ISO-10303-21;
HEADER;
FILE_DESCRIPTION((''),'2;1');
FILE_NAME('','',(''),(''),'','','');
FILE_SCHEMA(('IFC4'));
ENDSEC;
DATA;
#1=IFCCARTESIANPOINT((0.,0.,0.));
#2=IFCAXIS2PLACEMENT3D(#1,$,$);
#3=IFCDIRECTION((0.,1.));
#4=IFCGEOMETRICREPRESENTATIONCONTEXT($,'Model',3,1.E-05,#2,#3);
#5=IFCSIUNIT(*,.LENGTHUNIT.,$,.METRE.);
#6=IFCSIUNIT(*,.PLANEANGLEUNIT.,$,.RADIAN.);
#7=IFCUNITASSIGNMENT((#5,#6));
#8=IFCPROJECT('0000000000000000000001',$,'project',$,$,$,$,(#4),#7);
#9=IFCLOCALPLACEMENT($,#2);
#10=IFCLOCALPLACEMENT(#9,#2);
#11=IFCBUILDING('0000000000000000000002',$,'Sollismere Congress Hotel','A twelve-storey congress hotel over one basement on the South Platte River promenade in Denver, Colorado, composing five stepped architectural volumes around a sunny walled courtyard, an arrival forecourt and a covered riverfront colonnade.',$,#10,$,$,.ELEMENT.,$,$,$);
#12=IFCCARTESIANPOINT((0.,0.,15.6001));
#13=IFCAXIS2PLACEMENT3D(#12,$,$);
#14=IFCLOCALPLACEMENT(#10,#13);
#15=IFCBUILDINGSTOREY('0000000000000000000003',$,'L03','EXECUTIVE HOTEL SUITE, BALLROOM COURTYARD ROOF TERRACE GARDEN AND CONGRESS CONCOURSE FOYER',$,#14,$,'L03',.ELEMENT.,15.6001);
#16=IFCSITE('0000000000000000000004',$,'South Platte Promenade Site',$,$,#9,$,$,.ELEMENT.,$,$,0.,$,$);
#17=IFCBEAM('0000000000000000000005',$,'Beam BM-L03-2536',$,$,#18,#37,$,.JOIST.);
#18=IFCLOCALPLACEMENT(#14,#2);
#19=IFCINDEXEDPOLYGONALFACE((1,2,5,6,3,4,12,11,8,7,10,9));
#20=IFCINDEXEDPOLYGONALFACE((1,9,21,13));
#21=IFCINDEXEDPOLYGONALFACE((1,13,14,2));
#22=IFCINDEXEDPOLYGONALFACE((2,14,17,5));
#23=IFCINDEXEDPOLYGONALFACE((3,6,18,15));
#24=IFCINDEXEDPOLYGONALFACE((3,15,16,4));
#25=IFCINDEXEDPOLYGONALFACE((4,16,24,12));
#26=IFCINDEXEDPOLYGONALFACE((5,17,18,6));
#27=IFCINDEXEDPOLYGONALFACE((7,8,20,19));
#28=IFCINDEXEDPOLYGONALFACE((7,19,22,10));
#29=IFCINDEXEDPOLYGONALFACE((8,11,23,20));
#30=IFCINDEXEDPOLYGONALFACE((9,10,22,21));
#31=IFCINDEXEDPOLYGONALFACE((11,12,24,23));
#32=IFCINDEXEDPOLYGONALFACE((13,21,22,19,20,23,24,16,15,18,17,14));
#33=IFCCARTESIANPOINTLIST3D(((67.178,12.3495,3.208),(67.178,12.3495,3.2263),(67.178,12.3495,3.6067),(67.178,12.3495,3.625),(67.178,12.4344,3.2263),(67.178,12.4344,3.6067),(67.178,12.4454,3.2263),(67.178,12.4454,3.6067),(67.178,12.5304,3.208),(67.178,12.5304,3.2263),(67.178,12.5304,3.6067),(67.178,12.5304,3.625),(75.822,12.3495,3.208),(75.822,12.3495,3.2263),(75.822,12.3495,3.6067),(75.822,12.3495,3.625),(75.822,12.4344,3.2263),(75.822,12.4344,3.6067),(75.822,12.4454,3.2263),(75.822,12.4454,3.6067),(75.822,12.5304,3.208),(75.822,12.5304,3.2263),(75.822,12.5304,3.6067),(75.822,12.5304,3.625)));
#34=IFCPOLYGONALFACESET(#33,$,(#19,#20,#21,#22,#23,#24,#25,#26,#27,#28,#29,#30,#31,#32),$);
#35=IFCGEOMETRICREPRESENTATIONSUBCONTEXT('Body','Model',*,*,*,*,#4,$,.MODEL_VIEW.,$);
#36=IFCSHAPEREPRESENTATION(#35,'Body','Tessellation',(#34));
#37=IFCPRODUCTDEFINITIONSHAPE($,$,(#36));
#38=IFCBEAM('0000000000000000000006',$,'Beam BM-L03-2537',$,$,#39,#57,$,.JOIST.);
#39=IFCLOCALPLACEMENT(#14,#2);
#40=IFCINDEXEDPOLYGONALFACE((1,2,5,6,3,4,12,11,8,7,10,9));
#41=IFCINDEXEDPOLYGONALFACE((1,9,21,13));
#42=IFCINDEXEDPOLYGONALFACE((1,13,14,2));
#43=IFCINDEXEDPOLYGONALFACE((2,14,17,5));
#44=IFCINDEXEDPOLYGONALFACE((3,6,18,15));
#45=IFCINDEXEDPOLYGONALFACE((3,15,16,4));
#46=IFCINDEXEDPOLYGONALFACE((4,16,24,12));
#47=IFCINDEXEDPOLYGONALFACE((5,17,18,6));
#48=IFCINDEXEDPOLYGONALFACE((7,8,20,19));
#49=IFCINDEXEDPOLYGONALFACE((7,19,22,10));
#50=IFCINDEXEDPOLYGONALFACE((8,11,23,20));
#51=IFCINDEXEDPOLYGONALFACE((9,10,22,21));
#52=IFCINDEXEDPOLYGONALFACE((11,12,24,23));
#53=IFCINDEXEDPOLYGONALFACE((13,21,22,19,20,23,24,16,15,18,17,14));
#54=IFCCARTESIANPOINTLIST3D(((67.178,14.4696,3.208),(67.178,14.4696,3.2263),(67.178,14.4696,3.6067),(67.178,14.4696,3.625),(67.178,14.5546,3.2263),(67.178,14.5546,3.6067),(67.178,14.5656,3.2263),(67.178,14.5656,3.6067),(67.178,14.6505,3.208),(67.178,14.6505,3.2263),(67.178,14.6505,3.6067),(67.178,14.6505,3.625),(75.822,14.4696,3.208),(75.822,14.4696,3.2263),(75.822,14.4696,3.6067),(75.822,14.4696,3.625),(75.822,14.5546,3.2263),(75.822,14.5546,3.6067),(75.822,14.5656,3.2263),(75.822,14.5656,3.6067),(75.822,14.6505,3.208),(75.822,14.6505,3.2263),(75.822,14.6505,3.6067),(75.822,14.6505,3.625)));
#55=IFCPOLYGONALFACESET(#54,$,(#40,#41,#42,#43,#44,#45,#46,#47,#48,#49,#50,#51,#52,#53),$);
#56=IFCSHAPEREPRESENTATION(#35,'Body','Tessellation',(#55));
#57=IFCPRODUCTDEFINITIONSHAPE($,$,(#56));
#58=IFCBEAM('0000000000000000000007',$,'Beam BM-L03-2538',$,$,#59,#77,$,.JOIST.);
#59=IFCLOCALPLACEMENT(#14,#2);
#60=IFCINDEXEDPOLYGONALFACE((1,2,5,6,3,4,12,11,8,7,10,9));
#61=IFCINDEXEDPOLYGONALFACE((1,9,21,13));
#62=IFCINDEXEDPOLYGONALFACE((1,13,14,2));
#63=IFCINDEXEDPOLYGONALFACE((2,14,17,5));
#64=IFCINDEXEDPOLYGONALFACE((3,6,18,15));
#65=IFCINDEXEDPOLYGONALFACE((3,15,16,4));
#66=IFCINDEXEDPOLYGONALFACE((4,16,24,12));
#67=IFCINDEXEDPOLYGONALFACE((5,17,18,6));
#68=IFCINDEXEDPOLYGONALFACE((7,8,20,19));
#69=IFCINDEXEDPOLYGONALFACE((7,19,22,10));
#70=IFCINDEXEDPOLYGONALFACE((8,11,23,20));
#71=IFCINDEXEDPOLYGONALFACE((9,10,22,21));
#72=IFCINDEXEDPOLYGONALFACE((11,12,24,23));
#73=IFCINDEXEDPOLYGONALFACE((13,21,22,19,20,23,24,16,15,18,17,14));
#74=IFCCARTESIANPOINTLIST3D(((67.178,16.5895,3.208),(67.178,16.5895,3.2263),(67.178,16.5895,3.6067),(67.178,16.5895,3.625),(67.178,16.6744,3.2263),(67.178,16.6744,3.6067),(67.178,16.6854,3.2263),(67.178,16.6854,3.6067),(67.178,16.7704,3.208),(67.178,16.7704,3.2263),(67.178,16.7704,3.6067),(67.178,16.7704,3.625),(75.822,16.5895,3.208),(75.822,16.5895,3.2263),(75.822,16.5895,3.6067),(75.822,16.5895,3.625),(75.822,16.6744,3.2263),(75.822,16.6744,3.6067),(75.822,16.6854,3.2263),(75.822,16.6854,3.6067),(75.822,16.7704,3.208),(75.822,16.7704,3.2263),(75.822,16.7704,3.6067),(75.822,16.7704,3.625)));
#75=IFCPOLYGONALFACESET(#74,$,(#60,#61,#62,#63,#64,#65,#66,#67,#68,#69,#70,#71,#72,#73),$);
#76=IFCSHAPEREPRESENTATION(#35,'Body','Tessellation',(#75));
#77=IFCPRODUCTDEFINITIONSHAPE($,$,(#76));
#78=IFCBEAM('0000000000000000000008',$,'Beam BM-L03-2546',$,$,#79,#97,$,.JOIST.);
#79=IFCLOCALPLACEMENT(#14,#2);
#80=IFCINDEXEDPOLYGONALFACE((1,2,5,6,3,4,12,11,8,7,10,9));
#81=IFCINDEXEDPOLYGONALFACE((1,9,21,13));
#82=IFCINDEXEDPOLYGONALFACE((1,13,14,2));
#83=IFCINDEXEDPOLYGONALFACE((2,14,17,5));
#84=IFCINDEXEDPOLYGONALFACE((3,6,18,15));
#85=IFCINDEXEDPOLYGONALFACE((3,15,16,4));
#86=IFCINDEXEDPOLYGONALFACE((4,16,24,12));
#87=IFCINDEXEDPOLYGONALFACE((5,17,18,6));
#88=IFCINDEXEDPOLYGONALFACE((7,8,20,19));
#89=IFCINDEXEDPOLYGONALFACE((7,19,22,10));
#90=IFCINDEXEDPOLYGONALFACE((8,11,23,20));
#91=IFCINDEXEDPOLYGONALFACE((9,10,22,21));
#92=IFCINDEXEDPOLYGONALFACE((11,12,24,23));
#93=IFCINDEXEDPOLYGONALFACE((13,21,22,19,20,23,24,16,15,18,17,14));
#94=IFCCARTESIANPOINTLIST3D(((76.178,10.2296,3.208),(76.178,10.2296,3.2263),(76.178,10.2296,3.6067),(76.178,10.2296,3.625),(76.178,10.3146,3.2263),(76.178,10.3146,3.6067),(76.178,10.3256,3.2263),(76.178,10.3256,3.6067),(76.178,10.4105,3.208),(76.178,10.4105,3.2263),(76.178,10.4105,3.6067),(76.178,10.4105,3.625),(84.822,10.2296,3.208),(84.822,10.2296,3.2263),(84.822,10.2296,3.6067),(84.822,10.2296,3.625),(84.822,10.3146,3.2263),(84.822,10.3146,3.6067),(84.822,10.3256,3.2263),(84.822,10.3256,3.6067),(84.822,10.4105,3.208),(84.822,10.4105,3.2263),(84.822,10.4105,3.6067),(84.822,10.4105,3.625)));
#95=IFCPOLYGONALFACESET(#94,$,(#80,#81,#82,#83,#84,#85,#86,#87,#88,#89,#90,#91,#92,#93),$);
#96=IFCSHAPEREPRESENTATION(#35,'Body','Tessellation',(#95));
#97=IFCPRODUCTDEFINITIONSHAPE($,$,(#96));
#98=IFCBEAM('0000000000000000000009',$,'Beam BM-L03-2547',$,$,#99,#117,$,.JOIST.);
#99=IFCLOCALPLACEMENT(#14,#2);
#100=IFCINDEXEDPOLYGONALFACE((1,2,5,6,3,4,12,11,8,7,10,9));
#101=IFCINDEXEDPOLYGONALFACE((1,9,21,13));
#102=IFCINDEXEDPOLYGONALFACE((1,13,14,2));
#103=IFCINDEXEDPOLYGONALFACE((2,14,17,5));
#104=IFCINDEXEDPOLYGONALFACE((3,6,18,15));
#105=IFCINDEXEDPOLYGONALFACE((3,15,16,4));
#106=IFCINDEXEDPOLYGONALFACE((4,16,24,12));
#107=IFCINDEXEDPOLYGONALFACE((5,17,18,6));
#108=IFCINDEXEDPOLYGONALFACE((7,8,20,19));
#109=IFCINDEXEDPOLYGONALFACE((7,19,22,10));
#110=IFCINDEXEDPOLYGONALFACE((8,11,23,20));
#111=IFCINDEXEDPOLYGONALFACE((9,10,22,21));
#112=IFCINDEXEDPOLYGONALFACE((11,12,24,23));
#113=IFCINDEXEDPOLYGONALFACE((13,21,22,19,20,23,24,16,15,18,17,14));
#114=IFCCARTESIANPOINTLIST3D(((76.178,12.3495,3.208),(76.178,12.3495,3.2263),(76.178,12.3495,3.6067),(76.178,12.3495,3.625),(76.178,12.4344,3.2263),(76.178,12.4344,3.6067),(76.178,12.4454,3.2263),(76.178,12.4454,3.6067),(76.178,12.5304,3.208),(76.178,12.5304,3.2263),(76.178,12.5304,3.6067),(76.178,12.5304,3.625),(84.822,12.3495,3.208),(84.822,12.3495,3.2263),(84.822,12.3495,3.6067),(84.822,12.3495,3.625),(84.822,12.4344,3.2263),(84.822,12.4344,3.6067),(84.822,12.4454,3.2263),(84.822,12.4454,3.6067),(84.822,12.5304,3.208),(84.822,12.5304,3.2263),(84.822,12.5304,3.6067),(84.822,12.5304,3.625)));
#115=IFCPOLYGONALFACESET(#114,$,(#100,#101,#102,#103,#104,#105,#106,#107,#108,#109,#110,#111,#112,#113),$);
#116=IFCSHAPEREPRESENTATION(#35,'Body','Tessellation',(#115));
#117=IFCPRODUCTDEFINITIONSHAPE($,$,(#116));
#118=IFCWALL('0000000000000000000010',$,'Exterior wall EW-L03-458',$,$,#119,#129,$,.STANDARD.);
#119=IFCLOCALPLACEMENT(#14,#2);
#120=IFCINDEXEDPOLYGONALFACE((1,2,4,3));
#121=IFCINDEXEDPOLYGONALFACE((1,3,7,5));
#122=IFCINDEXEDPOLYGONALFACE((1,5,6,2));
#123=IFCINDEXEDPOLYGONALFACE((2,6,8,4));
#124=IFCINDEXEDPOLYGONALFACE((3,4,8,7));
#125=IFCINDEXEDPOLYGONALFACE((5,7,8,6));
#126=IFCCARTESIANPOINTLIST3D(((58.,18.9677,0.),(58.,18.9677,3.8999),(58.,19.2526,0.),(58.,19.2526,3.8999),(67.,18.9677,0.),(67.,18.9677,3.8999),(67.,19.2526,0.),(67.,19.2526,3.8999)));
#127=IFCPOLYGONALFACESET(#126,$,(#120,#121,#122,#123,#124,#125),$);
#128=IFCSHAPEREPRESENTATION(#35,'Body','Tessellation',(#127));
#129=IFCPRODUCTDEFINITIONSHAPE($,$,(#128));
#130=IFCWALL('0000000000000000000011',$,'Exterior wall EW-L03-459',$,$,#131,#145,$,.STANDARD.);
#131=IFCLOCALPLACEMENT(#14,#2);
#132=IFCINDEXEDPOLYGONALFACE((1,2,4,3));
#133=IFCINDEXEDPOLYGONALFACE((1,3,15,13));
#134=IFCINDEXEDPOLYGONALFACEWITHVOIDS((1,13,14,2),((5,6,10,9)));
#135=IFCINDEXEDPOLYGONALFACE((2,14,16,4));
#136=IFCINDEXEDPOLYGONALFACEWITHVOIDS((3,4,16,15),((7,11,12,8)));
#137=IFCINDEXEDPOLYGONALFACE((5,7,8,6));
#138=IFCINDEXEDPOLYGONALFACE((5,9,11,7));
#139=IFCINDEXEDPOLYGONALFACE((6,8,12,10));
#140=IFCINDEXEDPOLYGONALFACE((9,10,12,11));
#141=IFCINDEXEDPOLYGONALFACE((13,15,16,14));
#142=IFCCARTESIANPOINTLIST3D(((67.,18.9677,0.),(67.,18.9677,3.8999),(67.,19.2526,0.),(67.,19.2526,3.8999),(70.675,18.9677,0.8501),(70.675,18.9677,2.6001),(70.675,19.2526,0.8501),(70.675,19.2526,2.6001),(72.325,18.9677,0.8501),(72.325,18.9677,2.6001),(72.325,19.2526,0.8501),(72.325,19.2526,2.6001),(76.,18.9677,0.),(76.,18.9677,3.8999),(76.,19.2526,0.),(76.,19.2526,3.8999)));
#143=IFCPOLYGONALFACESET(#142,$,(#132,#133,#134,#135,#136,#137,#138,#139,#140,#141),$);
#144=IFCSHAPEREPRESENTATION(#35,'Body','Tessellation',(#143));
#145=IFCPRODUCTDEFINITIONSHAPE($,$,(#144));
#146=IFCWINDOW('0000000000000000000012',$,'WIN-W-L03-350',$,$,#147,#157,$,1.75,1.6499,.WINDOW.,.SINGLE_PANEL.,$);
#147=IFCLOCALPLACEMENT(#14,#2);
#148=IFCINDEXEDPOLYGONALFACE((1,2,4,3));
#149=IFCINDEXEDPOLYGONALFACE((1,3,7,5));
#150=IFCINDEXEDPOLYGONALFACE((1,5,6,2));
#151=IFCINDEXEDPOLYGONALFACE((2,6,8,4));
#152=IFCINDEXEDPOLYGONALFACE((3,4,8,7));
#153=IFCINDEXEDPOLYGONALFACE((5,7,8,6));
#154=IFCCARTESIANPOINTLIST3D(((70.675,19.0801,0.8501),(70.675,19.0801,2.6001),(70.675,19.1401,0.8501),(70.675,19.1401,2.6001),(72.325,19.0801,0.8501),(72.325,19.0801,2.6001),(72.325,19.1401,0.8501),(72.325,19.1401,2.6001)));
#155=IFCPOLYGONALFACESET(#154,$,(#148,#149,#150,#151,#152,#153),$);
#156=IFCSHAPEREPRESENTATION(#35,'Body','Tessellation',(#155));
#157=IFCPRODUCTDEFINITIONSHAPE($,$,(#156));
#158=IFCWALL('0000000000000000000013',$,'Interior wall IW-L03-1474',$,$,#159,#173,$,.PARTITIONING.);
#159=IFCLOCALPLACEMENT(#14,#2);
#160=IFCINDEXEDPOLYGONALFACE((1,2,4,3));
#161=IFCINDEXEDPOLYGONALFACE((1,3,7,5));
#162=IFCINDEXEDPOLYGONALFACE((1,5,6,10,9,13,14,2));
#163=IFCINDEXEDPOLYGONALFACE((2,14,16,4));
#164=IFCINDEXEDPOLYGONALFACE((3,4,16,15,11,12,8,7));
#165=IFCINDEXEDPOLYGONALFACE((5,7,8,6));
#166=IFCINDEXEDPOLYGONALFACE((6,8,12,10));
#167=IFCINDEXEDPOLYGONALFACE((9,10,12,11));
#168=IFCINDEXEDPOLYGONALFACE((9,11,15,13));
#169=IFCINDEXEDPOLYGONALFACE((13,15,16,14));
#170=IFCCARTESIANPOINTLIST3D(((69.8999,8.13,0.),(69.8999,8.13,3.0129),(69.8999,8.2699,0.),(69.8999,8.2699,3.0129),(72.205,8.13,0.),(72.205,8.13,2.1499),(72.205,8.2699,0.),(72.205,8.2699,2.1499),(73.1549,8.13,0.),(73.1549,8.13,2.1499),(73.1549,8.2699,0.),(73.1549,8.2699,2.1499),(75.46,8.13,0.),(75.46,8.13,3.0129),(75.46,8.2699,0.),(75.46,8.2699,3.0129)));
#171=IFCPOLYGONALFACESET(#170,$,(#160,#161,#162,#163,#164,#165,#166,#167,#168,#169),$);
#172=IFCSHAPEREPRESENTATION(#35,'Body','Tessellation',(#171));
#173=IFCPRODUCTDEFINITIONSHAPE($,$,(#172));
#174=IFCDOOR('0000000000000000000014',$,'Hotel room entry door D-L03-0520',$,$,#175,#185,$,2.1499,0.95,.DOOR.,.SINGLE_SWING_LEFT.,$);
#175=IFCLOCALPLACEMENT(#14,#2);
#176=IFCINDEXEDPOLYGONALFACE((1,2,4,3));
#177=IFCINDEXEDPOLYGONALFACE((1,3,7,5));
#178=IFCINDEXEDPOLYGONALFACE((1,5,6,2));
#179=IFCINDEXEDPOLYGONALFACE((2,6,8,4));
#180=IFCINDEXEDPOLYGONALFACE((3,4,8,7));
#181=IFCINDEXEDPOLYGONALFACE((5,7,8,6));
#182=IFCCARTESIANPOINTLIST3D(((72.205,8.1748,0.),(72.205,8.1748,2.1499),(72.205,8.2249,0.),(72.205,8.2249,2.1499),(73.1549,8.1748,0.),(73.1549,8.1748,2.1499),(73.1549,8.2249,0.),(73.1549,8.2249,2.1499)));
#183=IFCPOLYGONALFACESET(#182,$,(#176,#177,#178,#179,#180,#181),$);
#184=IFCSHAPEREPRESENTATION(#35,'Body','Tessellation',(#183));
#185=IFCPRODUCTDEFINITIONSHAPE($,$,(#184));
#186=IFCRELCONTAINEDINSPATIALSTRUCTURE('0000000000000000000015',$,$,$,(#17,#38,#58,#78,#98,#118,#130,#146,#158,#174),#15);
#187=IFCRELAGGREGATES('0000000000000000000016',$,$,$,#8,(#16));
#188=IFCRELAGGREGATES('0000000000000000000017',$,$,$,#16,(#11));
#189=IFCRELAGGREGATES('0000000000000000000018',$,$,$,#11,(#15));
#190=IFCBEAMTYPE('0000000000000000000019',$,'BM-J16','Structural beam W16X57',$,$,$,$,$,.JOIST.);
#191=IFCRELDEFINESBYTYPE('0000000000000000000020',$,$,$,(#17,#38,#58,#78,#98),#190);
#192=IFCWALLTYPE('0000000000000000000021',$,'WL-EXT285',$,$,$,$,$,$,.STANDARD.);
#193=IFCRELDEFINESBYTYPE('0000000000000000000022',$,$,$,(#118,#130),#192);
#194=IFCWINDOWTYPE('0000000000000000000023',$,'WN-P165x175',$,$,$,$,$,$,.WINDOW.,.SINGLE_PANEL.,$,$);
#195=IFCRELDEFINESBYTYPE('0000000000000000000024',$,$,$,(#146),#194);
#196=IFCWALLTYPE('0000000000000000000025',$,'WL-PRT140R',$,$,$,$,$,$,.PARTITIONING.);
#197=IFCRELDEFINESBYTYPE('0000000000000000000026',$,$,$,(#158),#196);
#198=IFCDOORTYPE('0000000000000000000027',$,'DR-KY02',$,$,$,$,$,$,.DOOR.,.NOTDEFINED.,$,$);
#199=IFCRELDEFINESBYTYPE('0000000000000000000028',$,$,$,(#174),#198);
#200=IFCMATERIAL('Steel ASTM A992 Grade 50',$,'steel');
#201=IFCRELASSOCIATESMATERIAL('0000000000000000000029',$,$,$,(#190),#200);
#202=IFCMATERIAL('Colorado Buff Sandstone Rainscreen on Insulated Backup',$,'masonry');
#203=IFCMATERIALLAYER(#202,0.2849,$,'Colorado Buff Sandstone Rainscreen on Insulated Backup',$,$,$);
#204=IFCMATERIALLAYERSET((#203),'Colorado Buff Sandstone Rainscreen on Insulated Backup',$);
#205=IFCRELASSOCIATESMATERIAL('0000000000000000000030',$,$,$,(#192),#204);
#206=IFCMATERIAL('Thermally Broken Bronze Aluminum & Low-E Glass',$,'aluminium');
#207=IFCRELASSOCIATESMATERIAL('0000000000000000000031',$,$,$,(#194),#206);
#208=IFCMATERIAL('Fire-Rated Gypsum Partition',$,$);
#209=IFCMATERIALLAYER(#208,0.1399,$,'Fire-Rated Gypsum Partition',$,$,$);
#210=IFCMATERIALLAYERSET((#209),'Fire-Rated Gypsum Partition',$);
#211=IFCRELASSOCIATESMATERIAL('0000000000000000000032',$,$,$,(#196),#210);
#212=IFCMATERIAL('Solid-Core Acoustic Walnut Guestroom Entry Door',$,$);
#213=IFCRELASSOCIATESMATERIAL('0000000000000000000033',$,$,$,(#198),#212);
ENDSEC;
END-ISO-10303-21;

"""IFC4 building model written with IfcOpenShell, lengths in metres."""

from ifc_helpers import new_model, si_unit, direction, frame, frame_2d, origin, origin_2d, place, context, subcontext, project, spatial, rectangle, i_section, extrude, material, layer, layer_set, material_profile, profile_set, type_object, element, fill, save


model = new_model("IFC4")

# Units and contexts
model_context = context("Model", 3, precision=1e-05, world=origin(), true_north=direction((0.0, 1.0)))
body_context = subcontext(model_context, "Body", "Model", "MODEL_VIEW")
ifc_project = project(units=[si_unit("LENGTHUNIT", "METRE"), si_unit("PLANEANGLEUNIT", "RADIAN")], contexts=[model_context])

# Site, building, storey
site_placement = place(None, origin())
site = spatial("IfcSite", under=ifc_project, at=site_placement, Name="South Platte Promenade Site", CompositionType="ELEMENT", RefElevation=0.0)
building_placement = place(site_placement, origin())
building = spatial("IfcBuilding", under=site, at=building_placement, Name="Sollismere Congress Hotel", Description="A twelve-storey congress hotel over one basement on the South Platte River promenade in Denver, Colorado, composing five stepped architectural volumes around a sunny walled courtyard, an arrival forecourt and a covered riverfront colonnade.", CompositionType="ELEMENT")
storey_placement = place(building_placement, frame((0.0, 0.0, 15.6001)))
storey = spatial("IfcBuildingStorey", under=building, at=storey_placement, Name="L03", Description="EXECUTIVE HOTEL SUITE, BALLROOM COURTYARD ROOF TERRACE GARDEN AND CONGRESS CONCOURSE FOYER", LongName="L03", CompositionType="ELEMENT", Elevation=15.6001)

# Shared definitions
ifc_material_1 = material(Name="Steel ASTM A992 Grade 50", Category="steel")

# Beams
ifc_material_profile_1 = material_profile(ifc_material_1, i_section(OverallWidth=0.1809, OverallDepth=0.417, WebThickness=0.011, FlangeThickness=0.0183, at=origin_2d()), Name="W16X57")
ifc_profile_set_1 = profile_set([ifc_material_profile_1], Name="Steel ASTM A992 Grade 50")
beam_type_1 = type_object("IfcBeamType", Name="BM-J16", Description="Structural beam W16X57", PredefinedType="JOIST", material=ifc_profile_set_1)
for number, where, z_axis, x_axis, name in (
    (1, (67.178, 12.4399, 3.4165), (1.0, 0.0, 0.0), (0.0, 1.0, 0.0), "Beam BM-L03-2536"),
    (2, (67.178, 14.5601, 3.4165), (1.0, 0.0, 0.0), (0.0, 1.0, 0.0), "Beam BM-L03-2537"),
    (3, (67.178, 16.6799, 3.4165), (1.0, 0.0, 0.0), (0.0, 1.0, 0.0), "Beam BM-L03-2538"),
    (4, (76.178, 10.3201, 3.4165), (1.0, 0.0, 0.0), (0.0, 1.0, 0.0), "Beam BM-L03-2546"),
    (5, (76.178, 12.4399, 3.4165), (1.0, 0.0, 0.0), (0.0, 1.0, 0.0), "Beam BM-L03-2547"),
):
    element("IfcBeam", number, at=place(storey_placement, frame(where, z_axis=z_axis, x_axis=x_axis)), inside=storey, type_object=beam_type_1, Name=name, PredefinedType="JOIST", context=body_context, shape_type="SweptSolid", body=[
        extrude(i_section(OverallWidth=0.1809, OverallDepth=0.417, WebThickness=0.011, FlangeThickness=0.0183, at=origin_2d()), origin(), (0.0, 0.0, 1.0), 8.644),
    ])

# Wall
ifc_material_2 = material(Name="Colorado Buff Sandstone Rainscreen on Insulated Backup", Category="masonry")
ifc_layer_1 = layer(ifc_material_2, 0.2849, Name="Colorado Buff Sandstone Rainscreen on Insulated Backup")
ifc_layer_set_1 = layer_set([ifc_layer_1], Name="Colorado Buff Sandstone Rainscreen on Insulated Backup")
wall_type_1 = type_object("IfcWallType", Name="WL-EXT285", PredefinedType="STANDARD", material=ifc_layer_set_1)
wall_1_placement = place(storey_placement, frame((67.0, 19.1101, 0.0), z_axis=(0.0, 0.0, 1.0), x_axis=(-1.0, 0.0, 0.0)))
element("IfcWall", 6, at=wall_1_placement, inside=storey, type_object=wall_type_1, Name="Exterior wall EW-L03-458", PredefinedType="STANDARD", context=body_context, shape_type="SweptSolid", body=[
    extrude(rectangle(XDim=9.0, YDim=0.2849, at=frame_2d((4.5, 0.0))), origin(), (0.0, 0.0, 1.0), 3.8999),
])

# Wall, opening, window
wall_2_placement = place(storey_placement, frame((76.0, 19.1101, 0.0), z_axis=(0.0, 0.0, 1.0), x_axis=(-1.0, 0.0, 0.0)))
wall_2 = element("IfcWall", 7, at=wall_2_placement, inside=storey, type_object=wall_type_1, Name="Exterior wall EW-L03-459", PredefinedType="STANDARD", context=body_context, shape_type="SweptSolid", body=[
    extrude(rectangle(XDim=9.0, YDim=0.2849, at=frame_2d((4.5, 0.0))), origin(), (0.0, 0.0, 1.0), 3.8999),
])
opening_1_placement = place(wall_2_placement, frame((3.675, 0.0, 0.8501)))
opening_1 = element("IfcOpeningElement", 8, at=opening_1_placement, cuts=wall_2, PredefinedType="OPENING", context=body_context, shape_type="SweptSolid", body=[
    extrude(rectangle(XDim=1.6499, YDim=1.75, at=frame_2d((0.825, 0.875))), frame((0.0, 0.1523, 0.0), z_axis=(0.0, -1.0, 0.0), x_axis=(1.0, 0.0, 0.0)), (0.0, 0.0, 1.0), 0.3049),
])
ifc_material_3 = material(Name="Thermally Broken Bronze Aluminum & Low-E Glass", Category="aluminium")
window_type = type_object("IfcWindowType", Name="WN-P165x175", PartitioningType="SINGLE_PANEL", PredefinedType="WINDOW", material=ifc_material_3)
window_placement = place(opening_1_placement, origin())
window = element("IfcWindow", 9, at=window_placement, inside=storey, type_object=window_type, Name="WIN-W-L03-350", OverallHeight=1.75, OverallWidth=1.6499, PartitioningType="SINGLE_PANEL", PredefinedType="WINDOW", context=body_context, shape_type="SweptSolid", body=[
    extrude(rectangle(XDim=1.6499, YDim=1.75, at=frame_2d((0.825, 0.875))), frame((0.0, 0.03, 0.0), z_axis=(0.0, -1.0, 0.0), x_axis=(1.0, 0.0, 0.0)), (0.0, 0.0, 1.0), 0.0601),
])
fill(opening_1, window)

# Wall, opening, door
ifc_material_4 = material(Name="Fire-Rated Gypsum Partition")
ifc_layer_2 = layer(ifc_material_4, 0.1399, Name="Fire-Rated Gypsum Partition")
ifc_layer_set_2 = layer_set([ifc_layer_2], Name="Fire-Rated Gypsum Partition")
wall_type_2 = type_object("IfcWallType", Name="WL-PRT140R", PredefinedType="PARTITIONING", material=ifc_layer_set_2)
wall_3_placement = place(storey_placement, frame((69.8999, 8.2, 0.0), z_axis=(0.0, 0.0, 1.0), x_axis=(1.0, 0.0, 0.0)))
wall_3 = element("IfcWall", 10, at=wall_3_placement, inside=storey, type_object=wall_type_2, Name="Interior wall IW-L03-1474", PredefinedType="PARTITIONING", context=body_context, shape_type="SweptSolid", body=[
    extrude(rectangle(XDim=5.5601, YDim=0.1399, at=frame_2d((2.78, 0.0))), origin(), (0.0, 0.0, 1.0), 3.0129),
])
opening_2_placement = place(wall_3_placement, frame((2.3049, 0.0, 0.0)))
opening_2 = element("IfcOpeningElement", 11, at=opening_2_placement, cuts=wall_3, PredefinedType="OPENING", context=body_context, shape_type="SweptSolid", body=[
    extrude(rectangle(XDim=0.95, YDim=2.1499, at=frame_2d((0.4751, 1.075))), frame((0.0, 0.0798, 0.0), z_axis=(0.0, -1.0, 0.0), x_axis=(1.0, 0.0, 0.0)), (0.0, 0.0, 1.0), 0.1599),
])
ifc_material_5 = material(Name="Solid-Core Acoustic Walnut Guestroom Entry Door")
door_type_1 = type_object("IfcDoorType", Name="DR-KY02", OperationType="NOTDEFINED", PredefinedType="DOOR", material=ifc_material_5)
door_1_placement = place(opening_2_placement, origin())
door_1 = element("IfcDoor", 12, at=door_1_placement, inside=storey, type_object=door_type_1, Name="Hotel room entry door D-L03-0520", OperationType="SINGLE_SWING_LEFT", OverallHeight=2.1499, OverallWidth=0.95, PredefinedType="DOOR", context=body_context, shape_type="SweptSolid", body=[
    extrude(rectangle(XDim=0.95, YDim=2.1499, at=frame_2d((0.4751, 1.075))), frame((0.0, 0.0249, 0.0), z_axis=(0.0, -1.0, 0.0), x_axis=(1.0, 0.0, 0.0)), (0.0, 0.0, 1.0), 0.05),
])
fill(opening_2, door_1)

save(model, "model.ifc")
